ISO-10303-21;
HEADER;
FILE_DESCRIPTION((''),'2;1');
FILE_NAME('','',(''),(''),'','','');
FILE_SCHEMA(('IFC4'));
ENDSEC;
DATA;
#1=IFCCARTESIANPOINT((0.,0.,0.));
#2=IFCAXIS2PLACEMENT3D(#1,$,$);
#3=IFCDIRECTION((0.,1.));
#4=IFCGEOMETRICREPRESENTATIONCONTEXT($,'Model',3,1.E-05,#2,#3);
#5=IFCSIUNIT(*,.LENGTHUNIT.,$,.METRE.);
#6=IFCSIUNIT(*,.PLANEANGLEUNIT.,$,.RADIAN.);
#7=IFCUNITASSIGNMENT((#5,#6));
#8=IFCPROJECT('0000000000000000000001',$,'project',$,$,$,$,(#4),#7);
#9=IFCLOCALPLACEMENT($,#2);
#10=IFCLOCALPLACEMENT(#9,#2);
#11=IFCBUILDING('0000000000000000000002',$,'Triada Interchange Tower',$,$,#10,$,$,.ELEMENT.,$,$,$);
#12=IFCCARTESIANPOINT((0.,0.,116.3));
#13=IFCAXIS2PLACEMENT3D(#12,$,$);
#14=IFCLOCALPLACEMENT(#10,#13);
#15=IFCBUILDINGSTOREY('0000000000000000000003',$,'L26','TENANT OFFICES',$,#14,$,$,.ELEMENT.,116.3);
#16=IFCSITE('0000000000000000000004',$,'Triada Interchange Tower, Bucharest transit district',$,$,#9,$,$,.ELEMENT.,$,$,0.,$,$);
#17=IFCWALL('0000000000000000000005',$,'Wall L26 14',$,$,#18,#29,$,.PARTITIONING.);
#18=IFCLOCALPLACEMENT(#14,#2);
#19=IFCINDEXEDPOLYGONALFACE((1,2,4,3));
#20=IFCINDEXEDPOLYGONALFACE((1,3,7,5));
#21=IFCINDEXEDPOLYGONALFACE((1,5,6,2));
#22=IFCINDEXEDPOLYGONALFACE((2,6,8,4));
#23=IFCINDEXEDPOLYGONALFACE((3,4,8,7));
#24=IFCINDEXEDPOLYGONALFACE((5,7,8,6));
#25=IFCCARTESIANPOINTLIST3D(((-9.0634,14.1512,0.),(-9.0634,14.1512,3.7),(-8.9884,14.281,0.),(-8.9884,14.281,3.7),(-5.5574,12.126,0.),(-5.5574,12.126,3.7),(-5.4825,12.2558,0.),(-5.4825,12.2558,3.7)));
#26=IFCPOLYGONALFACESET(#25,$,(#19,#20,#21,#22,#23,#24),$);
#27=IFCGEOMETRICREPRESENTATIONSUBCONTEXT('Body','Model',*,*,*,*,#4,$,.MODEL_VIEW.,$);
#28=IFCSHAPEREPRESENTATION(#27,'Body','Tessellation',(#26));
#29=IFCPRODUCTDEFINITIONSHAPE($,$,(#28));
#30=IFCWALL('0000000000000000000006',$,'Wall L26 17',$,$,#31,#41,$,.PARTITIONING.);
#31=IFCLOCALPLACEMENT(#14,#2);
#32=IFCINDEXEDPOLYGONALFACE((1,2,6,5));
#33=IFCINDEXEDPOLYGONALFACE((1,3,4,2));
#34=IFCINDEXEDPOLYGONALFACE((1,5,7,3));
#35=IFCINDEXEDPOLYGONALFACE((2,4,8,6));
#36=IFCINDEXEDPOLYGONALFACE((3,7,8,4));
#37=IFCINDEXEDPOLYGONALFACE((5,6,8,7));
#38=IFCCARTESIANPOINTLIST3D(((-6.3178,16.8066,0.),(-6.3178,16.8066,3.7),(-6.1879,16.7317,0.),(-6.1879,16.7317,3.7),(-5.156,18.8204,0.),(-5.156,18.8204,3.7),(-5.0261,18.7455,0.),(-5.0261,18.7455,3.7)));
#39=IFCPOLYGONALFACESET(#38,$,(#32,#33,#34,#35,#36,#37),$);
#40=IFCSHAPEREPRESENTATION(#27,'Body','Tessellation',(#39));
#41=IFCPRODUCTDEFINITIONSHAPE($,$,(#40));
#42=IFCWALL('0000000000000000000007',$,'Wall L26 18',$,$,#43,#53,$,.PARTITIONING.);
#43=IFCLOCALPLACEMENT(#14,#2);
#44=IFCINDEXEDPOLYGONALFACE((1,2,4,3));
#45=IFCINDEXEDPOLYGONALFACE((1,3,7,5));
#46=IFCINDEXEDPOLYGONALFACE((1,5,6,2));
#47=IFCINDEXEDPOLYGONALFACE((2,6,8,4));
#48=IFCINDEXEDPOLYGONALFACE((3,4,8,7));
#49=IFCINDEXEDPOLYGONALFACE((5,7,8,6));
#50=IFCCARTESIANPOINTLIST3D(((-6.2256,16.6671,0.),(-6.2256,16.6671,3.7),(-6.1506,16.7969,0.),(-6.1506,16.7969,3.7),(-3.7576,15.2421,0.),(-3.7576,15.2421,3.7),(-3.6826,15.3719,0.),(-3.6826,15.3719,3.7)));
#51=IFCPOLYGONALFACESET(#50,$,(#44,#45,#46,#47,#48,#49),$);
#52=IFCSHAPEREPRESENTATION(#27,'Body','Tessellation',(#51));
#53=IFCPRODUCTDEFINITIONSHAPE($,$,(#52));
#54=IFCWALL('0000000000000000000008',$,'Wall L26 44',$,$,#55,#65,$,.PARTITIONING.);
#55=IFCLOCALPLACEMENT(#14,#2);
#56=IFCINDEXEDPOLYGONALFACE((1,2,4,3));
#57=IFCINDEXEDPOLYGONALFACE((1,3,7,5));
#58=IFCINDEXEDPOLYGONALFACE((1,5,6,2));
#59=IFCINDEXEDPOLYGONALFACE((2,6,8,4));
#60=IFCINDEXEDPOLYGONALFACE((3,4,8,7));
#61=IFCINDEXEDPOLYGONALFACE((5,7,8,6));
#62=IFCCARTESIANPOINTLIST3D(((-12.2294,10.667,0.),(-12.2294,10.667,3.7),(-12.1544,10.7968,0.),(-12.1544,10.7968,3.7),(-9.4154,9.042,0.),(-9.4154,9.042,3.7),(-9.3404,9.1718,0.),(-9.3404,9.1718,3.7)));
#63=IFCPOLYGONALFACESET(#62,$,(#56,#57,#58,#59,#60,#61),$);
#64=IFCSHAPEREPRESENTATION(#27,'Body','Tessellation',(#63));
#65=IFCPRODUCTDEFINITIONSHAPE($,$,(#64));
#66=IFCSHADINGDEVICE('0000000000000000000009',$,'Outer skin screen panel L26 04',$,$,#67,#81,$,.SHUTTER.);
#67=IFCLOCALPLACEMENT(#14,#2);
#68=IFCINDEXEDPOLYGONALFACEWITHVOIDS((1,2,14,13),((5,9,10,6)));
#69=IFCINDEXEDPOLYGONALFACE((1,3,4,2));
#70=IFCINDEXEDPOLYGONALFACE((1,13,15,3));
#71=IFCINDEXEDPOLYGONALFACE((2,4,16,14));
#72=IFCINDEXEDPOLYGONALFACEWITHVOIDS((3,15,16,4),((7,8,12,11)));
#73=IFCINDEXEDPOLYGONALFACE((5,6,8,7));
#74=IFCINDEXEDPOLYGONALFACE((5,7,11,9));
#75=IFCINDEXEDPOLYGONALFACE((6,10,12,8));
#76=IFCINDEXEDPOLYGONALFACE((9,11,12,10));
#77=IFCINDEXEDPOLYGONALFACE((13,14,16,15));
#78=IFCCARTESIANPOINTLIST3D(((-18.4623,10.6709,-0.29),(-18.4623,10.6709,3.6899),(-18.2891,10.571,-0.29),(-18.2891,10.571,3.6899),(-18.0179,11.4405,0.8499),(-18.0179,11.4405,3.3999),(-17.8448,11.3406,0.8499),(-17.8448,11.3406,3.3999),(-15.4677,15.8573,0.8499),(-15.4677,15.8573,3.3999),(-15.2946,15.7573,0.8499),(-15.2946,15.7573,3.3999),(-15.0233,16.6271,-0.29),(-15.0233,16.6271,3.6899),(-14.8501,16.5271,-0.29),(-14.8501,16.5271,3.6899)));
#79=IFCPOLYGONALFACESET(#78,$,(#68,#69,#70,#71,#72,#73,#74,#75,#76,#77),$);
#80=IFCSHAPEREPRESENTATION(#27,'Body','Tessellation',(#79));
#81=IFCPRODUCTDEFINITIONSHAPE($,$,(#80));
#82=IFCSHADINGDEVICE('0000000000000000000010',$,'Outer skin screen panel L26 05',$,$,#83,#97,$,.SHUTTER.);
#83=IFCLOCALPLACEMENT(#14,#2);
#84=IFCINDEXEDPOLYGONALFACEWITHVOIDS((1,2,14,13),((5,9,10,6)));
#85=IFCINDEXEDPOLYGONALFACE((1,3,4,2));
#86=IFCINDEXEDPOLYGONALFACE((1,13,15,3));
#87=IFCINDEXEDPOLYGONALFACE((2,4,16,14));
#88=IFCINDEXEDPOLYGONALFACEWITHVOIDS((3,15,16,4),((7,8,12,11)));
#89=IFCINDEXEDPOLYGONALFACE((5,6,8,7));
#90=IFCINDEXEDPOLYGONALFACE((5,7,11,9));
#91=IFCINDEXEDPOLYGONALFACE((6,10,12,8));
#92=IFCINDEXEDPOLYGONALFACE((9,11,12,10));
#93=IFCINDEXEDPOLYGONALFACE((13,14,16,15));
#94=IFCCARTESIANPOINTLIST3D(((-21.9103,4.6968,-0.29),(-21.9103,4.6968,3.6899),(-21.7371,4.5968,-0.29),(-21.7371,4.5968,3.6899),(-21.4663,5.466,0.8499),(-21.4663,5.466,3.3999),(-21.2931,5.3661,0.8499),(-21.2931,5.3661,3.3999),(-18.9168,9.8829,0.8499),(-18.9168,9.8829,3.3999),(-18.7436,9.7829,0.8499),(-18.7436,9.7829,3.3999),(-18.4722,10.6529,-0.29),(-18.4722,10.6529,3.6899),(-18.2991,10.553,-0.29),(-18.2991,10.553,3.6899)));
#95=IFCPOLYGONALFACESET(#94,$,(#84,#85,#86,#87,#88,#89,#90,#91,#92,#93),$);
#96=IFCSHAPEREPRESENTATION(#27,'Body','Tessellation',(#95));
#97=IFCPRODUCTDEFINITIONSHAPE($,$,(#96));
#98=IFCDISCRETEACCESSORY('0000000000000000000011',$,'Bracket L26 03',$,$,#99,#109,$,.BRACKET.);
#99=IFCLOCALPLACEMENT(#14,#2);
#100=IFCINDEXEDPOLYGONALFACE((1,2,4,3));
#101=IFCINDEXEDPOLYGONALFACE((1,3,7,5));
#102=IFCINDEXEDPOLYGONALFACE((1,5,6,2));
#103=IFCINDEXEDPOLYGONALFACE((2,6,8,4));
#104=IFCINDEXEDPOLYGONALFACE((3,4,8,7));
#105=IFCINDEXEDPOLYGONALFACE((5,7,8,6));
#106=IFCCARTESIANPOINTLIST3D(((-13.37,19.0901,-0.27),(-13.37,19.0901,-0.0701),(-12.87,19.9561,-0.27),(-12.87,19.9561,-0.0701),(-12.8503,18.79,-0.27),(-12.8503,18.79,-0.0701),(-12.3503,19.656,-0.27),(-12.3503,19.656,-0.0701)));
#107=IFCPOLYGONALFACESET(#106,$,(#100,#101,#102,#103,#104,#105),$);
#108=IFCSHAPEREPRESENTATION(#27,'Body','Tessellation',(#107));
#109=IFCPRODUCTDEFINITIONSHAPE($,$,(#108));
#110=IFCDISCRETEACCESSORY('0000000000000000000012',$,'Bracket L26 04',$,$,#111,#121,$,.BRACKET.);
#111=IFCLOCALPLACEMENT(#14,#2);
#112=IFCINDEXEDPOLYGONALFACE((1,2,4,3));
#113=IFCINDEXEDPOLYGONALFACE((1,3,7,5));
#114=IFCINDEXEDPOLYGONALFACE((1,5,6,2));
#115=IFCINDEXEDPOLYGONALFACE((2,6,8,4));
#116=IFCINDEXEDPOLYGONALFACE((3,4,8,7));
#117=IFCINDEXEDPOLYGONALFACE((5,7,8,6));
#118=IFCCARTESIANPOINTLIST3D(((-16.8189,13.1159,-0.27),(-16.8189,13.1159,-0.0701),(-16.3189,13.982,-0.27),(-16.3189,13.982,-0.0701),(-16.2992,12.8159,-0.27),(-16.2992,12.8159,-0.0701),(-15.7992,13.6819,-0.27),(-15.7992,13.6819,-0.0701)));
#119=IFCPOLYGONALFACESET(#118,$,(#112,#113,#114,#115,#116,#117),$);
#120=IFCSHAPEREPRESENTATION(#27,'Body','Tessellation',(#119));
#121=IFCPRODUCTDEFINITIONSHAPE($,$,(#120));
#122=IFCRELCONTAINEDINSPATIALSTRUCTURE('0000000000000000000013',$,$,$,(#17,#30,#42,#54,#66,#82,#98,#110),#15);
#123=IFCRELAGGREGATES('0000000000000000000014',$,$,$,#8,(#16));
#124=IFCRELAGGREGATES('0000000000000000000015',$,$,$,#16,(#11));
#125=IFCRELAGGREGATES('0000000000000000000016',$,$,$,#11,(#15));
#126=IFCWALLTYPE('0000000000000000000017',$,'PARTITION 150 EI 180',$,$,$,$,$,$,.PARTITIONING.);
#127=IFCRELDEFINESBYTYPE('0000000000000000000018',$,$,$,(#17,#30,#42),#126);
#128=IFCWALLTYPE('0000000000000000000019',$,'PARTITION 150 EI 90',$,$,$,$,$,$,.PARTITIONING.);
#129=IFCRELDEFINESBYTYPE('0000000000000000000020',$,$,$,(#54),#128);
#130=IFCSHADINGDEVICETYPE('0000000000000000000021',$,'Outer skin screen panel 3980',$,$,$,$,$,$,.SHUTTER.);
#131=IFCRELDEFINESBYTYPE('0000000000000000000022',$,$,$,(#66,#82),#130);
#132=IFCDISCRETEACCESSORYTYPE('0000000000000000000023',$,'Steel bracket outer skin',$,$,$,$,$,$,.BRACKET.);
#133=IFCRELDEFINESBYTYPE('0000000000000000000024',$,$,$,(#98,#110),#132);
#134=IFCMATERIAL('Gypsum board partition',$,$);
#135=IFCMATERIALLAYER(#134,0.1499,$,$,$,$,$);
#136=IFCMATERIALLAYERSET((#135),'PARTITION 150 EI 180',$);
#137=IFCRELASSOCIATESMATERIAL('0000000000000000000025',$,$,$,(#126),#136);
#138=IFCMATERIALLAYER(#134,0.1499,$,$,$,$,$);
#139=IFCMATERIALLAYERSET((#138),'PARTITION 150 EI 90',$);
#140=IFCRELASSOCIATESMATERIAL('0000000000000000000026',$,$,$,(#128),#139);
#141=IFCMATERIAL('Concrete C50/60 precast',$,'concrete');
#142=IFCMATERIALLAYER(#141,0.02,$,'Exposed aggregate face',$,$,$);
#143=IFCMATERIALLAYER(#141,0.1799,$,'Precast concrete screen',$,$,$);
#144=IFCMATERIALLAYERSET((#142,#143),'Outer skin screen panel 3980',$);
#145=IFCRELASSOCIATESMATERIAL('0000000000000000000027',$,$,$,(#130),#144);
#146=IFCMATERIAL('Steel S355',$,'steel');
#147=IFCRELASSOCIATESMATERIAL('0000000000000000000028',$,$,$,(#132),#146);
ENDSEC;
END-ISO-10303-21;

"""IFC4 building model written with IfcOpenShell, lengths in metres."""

from ifc_helpers import new_model, si_unit, direction, frame, frame_2d, origin, origin_2d, place, context, subcontext, project, spatial, polyline, rectangle, outline, extrude, material, layer, layer_set, type_object, element, save


model = new_model("IFC4")

# Units and contexts
model_context = context("Model", 3, precision=1e-05, world=origin(), true_north=direction((0.0, 1.0)))
body_context = subcontext(model_context, "Body", "Model", "MODEL_VIEW")
ifc_project = project(units=[si_unit("LENGTHUNIT", "METRE"), si_unit("PLANEANGLEUNIT", "RADIAN")], contexts=[model_context])

# Site, building, storey
site_placement = place(None, origin())
site = spatial("IfcSite", under=ifc_project, at=site_placement, Name="Triada Interchange Tower, Bucharest transit district", CompositionType="ELEMENT", RefElevation=0.0)
building_placement = place(site_placement, origin())
building = spatial("IfcBuilding", under=site, at=building_placement, Name="Triada Interchange Tower", CompositionType="ELEMENT")
storey_placement = place(building_placement, frame((0.0, 0.0, 116.3)))
storey = spatial("IfcBuildingStorey", under=building, at=storey_placement, Name="L26", Description="TENANT OFFICES", CompositionType="ELEMENT", Elevation=116.3)

# Shared definitions
ifc_material_1 = material(Name="Gypsum board partition")
ifc_layer_1 = layer(ifc_material_1, 0.1499)
ifc_layer_set_1 = layer_set([ifc_layer_1], Name="PARTITION 150 EI 180")
wall_type_1 = type_object("IfcWallType", Name="PARTITION 150 EI 180", PredefinedType="PARTITIONING", material=ifc_layer_set_1)

# Walls
wall_1_placement = place(storey_placement, frame((-9.0259, 14.2161, 0.0), z_axis=(0.0, 0.0, 1.0), x_axis=(0.865914, -0.500192, 0.0)))
element("IfcWall", 1, at=wall_1_placement, inside=storey, type_object=wall_type_1, Name="Wall L26 14", PredefinedType="PARTITIONING", context=body_context, shape_type="SweptSolid", body=[
    extrude(rectangle(XDim=4.0488, YDim=0.1499, at=frame_2d((2.0244, 0.0))), origin(), (0.0, 0.0, 1.0), 3.7),
])
wall_2_placement = place(storey_placement, frame((-6.2529, 16.769, 0.0), z_axis=(0.0, 0.0, 1.0), x_axis=(0.499719, 0.866187, 0.0)))
element("IfcWall", 2, at=wall_2_placement, inside=storey, type_object=wall_type_1, Name="Wall L26 17", PredefinedType="PARTITIONING", context=body_context, shape_type="SweptSolid", body=[
    extrude(rectangle(XDim=2.325, YDim=0.1499, at=frame_2d((1.1626, 0.0))), origin(), (0.0, 0.0, 1.0), 3.7),
])
wall_3_placement = place(storey_placement, frame((-6.188, 16.7319, 0.0), z_axis=(0.0, 0.0, 1.0), x_axis=(0.866004, -0.500036, 0.0)))
element("IfcWall", 3, at=wall_3_placement, inside=storey, type_object=wall_type_1, Name="Wall L26 18", PredefinedType="PARTITIONING", context=body_context, shape_type="SweptSolid", body=[
    extrude(rectangle(XDim=2.8499, YDim=0.1499, at=frame_2d((1.4248, 0.0))), origin(), (0.0, 0.0, 1.0), 3.7),
])
ifc_layer_2 = layer(ifc_material_1, 0.1499)
ifc_layer_set_2 = layer_set([ifc_layer_2], Name="PARTITION 150 EI 90")
wall_type_2 = type_object("IfcWallType", Name="PARTITION 150 EI 90", PredefinedType="PARTITIONING", material=ifc_layer_set_2)
wall_4_placement = place(storey_placement, frame((-12.1919, 10.7319, 0.0), z_axis=(0.0, 0.0, 1.0), x_axis=(0.865978, -0.500082, 0.0)))
element("IfcWall", 4, at=wall_4_placement, inside=storey, type_object=wall_type_2, Name="Wall L26 44", PredefinedType="PARTITIONING", context=body_context, shape_type="SweptSolid", body=[
    extrude(rectangle(XDim=3.2495, YDim=0.1499, at=frame_2d((1.6248, 0.0))), origin(), (0.0, 0.0, 1.0), 3.7),
])

# Shading devices
ifc_material_2 = material(Name="Concrete C50/60 precast", Category="concrete")
ifc_layer_3 = layer(ifc_material_2, 0.02, Name="Exposed aggregate face")
ifc_layer_4 = layer(ifc_material_2, 0.1799, Name="Precast concrete screen")
ifc_layer_set_3 = layer_set([ifc_layer_3, ifc_layer_4], Name="Outer skin screen panel 3980")
shading_device_type = type_object("IfcShadingDeviceType", Name="Outer skin screen panel 3980", PredefinedType="SHUTTER", material=ifc_layer_set_3)
shading_device_1_placement = place(storey_placement, frame((-14.8501, 16.5271, -0.29), z_axis=(0.0, 0.0, 1.0), x_axis=(-0.500026, -0.866011, 0.0)))
element("IfcShadingDevice", 5, at=shading_device_1_placement, inside=storey, type_object=shading_device_type, Name="Outer skin screen panel L26 04", PredefinedType="SHUTTER", context=body_context, shape_type="SweptSolid", body=[
    extrude(outline(polyline([(0.0, 0.0), (6.8777, 0.0), (6.8777, 3.98), (0.0, 3.98), (0.0, 0.0)]), holes=[polyline([(0.8889, 1.1399), (0.8889, 3.6899), (5.989, 3.6899), (5.989, 1.1399), (0.8889, 1.1399)])]), frame((0.0, 0.0, 0.0), z_axis=(0.0, -1.0, 0.0), x_axis=(1.0, 0.0, 0.0)), (0.0, 0.0, 1.0), 0.2),
])
shading_device_2_placement = place(storey_placement, frame((-18.2991, 10.553, -0.29), z_axis=(0.0, 0.0, 1.0), x_axis=(-0.499919, -0.866072, 0.0)))
element("IfcShadingDevice", 6, at=shading_device_2_placement, inside=storey, type_object=shading_device_type, Name="Outer skin screen panel L26 05", PredefinedType="SHUTTER", context=body_context, shape_type="SweptSolid", body=[
    extrude(outline(polyline([(0.0, 0.0), (6.8772, 0.0), (6.8772, 3.98), (0.0, 3.98), (0.0, 0.0)]), holes=[polyline([(0.8892, 1.1399), (0.8892, 3.6899), (5.989, 3.6899), (5.989, 1.1399), (0.8892, 1.1399)])]), frame((0.0, 0.0, 0.0), z_axis=(0.0, -1.0, 0.0), x_axis=(1.0, 0.0, 0.0)), (0.0, 0.0, 1.0), 0.2),
])

# Discrete accessories
ifc_material_3 = material(Name="Steel S355", Category="steel")
discrete_accessory_type = type_object("IfcDiscreteAccessoryType", Name="Steel bracket outer skin", PredefinedType="BRACKET", material=ifc_material_3)
for number, where, z_axis, x_axis, name in (
    (7, (-12.8601, 19.373, -0.27), (0.0, 0.0, 1.0), (-0.866028, 0.499995, 0.0), "Bracket L26 03"),
    (8, (-16.3091, 13.3989, -0.27), (0.0, 0.0, 1.0), (-0.866028, 0.499995, 0.0), "Bracket L26 04"),
):
    element("IfcDiscreteAccessory", number, at=place(storey_placement, frame(where, z_axis=z_axis, x_axis=x_axis)), inside=storey, type_object=discrete_accessory_type, Name=name, PredefinedType="BRACKET", context=body_context, shape_type="SweptSolid", body=[
        extrude(rectangle(XDim=0.6001, YDim=1.0, at=origin_2d()), origin(), (0.0, 0.0, 1.0), 0.2),
    ])

save(model, "model.ifc")
